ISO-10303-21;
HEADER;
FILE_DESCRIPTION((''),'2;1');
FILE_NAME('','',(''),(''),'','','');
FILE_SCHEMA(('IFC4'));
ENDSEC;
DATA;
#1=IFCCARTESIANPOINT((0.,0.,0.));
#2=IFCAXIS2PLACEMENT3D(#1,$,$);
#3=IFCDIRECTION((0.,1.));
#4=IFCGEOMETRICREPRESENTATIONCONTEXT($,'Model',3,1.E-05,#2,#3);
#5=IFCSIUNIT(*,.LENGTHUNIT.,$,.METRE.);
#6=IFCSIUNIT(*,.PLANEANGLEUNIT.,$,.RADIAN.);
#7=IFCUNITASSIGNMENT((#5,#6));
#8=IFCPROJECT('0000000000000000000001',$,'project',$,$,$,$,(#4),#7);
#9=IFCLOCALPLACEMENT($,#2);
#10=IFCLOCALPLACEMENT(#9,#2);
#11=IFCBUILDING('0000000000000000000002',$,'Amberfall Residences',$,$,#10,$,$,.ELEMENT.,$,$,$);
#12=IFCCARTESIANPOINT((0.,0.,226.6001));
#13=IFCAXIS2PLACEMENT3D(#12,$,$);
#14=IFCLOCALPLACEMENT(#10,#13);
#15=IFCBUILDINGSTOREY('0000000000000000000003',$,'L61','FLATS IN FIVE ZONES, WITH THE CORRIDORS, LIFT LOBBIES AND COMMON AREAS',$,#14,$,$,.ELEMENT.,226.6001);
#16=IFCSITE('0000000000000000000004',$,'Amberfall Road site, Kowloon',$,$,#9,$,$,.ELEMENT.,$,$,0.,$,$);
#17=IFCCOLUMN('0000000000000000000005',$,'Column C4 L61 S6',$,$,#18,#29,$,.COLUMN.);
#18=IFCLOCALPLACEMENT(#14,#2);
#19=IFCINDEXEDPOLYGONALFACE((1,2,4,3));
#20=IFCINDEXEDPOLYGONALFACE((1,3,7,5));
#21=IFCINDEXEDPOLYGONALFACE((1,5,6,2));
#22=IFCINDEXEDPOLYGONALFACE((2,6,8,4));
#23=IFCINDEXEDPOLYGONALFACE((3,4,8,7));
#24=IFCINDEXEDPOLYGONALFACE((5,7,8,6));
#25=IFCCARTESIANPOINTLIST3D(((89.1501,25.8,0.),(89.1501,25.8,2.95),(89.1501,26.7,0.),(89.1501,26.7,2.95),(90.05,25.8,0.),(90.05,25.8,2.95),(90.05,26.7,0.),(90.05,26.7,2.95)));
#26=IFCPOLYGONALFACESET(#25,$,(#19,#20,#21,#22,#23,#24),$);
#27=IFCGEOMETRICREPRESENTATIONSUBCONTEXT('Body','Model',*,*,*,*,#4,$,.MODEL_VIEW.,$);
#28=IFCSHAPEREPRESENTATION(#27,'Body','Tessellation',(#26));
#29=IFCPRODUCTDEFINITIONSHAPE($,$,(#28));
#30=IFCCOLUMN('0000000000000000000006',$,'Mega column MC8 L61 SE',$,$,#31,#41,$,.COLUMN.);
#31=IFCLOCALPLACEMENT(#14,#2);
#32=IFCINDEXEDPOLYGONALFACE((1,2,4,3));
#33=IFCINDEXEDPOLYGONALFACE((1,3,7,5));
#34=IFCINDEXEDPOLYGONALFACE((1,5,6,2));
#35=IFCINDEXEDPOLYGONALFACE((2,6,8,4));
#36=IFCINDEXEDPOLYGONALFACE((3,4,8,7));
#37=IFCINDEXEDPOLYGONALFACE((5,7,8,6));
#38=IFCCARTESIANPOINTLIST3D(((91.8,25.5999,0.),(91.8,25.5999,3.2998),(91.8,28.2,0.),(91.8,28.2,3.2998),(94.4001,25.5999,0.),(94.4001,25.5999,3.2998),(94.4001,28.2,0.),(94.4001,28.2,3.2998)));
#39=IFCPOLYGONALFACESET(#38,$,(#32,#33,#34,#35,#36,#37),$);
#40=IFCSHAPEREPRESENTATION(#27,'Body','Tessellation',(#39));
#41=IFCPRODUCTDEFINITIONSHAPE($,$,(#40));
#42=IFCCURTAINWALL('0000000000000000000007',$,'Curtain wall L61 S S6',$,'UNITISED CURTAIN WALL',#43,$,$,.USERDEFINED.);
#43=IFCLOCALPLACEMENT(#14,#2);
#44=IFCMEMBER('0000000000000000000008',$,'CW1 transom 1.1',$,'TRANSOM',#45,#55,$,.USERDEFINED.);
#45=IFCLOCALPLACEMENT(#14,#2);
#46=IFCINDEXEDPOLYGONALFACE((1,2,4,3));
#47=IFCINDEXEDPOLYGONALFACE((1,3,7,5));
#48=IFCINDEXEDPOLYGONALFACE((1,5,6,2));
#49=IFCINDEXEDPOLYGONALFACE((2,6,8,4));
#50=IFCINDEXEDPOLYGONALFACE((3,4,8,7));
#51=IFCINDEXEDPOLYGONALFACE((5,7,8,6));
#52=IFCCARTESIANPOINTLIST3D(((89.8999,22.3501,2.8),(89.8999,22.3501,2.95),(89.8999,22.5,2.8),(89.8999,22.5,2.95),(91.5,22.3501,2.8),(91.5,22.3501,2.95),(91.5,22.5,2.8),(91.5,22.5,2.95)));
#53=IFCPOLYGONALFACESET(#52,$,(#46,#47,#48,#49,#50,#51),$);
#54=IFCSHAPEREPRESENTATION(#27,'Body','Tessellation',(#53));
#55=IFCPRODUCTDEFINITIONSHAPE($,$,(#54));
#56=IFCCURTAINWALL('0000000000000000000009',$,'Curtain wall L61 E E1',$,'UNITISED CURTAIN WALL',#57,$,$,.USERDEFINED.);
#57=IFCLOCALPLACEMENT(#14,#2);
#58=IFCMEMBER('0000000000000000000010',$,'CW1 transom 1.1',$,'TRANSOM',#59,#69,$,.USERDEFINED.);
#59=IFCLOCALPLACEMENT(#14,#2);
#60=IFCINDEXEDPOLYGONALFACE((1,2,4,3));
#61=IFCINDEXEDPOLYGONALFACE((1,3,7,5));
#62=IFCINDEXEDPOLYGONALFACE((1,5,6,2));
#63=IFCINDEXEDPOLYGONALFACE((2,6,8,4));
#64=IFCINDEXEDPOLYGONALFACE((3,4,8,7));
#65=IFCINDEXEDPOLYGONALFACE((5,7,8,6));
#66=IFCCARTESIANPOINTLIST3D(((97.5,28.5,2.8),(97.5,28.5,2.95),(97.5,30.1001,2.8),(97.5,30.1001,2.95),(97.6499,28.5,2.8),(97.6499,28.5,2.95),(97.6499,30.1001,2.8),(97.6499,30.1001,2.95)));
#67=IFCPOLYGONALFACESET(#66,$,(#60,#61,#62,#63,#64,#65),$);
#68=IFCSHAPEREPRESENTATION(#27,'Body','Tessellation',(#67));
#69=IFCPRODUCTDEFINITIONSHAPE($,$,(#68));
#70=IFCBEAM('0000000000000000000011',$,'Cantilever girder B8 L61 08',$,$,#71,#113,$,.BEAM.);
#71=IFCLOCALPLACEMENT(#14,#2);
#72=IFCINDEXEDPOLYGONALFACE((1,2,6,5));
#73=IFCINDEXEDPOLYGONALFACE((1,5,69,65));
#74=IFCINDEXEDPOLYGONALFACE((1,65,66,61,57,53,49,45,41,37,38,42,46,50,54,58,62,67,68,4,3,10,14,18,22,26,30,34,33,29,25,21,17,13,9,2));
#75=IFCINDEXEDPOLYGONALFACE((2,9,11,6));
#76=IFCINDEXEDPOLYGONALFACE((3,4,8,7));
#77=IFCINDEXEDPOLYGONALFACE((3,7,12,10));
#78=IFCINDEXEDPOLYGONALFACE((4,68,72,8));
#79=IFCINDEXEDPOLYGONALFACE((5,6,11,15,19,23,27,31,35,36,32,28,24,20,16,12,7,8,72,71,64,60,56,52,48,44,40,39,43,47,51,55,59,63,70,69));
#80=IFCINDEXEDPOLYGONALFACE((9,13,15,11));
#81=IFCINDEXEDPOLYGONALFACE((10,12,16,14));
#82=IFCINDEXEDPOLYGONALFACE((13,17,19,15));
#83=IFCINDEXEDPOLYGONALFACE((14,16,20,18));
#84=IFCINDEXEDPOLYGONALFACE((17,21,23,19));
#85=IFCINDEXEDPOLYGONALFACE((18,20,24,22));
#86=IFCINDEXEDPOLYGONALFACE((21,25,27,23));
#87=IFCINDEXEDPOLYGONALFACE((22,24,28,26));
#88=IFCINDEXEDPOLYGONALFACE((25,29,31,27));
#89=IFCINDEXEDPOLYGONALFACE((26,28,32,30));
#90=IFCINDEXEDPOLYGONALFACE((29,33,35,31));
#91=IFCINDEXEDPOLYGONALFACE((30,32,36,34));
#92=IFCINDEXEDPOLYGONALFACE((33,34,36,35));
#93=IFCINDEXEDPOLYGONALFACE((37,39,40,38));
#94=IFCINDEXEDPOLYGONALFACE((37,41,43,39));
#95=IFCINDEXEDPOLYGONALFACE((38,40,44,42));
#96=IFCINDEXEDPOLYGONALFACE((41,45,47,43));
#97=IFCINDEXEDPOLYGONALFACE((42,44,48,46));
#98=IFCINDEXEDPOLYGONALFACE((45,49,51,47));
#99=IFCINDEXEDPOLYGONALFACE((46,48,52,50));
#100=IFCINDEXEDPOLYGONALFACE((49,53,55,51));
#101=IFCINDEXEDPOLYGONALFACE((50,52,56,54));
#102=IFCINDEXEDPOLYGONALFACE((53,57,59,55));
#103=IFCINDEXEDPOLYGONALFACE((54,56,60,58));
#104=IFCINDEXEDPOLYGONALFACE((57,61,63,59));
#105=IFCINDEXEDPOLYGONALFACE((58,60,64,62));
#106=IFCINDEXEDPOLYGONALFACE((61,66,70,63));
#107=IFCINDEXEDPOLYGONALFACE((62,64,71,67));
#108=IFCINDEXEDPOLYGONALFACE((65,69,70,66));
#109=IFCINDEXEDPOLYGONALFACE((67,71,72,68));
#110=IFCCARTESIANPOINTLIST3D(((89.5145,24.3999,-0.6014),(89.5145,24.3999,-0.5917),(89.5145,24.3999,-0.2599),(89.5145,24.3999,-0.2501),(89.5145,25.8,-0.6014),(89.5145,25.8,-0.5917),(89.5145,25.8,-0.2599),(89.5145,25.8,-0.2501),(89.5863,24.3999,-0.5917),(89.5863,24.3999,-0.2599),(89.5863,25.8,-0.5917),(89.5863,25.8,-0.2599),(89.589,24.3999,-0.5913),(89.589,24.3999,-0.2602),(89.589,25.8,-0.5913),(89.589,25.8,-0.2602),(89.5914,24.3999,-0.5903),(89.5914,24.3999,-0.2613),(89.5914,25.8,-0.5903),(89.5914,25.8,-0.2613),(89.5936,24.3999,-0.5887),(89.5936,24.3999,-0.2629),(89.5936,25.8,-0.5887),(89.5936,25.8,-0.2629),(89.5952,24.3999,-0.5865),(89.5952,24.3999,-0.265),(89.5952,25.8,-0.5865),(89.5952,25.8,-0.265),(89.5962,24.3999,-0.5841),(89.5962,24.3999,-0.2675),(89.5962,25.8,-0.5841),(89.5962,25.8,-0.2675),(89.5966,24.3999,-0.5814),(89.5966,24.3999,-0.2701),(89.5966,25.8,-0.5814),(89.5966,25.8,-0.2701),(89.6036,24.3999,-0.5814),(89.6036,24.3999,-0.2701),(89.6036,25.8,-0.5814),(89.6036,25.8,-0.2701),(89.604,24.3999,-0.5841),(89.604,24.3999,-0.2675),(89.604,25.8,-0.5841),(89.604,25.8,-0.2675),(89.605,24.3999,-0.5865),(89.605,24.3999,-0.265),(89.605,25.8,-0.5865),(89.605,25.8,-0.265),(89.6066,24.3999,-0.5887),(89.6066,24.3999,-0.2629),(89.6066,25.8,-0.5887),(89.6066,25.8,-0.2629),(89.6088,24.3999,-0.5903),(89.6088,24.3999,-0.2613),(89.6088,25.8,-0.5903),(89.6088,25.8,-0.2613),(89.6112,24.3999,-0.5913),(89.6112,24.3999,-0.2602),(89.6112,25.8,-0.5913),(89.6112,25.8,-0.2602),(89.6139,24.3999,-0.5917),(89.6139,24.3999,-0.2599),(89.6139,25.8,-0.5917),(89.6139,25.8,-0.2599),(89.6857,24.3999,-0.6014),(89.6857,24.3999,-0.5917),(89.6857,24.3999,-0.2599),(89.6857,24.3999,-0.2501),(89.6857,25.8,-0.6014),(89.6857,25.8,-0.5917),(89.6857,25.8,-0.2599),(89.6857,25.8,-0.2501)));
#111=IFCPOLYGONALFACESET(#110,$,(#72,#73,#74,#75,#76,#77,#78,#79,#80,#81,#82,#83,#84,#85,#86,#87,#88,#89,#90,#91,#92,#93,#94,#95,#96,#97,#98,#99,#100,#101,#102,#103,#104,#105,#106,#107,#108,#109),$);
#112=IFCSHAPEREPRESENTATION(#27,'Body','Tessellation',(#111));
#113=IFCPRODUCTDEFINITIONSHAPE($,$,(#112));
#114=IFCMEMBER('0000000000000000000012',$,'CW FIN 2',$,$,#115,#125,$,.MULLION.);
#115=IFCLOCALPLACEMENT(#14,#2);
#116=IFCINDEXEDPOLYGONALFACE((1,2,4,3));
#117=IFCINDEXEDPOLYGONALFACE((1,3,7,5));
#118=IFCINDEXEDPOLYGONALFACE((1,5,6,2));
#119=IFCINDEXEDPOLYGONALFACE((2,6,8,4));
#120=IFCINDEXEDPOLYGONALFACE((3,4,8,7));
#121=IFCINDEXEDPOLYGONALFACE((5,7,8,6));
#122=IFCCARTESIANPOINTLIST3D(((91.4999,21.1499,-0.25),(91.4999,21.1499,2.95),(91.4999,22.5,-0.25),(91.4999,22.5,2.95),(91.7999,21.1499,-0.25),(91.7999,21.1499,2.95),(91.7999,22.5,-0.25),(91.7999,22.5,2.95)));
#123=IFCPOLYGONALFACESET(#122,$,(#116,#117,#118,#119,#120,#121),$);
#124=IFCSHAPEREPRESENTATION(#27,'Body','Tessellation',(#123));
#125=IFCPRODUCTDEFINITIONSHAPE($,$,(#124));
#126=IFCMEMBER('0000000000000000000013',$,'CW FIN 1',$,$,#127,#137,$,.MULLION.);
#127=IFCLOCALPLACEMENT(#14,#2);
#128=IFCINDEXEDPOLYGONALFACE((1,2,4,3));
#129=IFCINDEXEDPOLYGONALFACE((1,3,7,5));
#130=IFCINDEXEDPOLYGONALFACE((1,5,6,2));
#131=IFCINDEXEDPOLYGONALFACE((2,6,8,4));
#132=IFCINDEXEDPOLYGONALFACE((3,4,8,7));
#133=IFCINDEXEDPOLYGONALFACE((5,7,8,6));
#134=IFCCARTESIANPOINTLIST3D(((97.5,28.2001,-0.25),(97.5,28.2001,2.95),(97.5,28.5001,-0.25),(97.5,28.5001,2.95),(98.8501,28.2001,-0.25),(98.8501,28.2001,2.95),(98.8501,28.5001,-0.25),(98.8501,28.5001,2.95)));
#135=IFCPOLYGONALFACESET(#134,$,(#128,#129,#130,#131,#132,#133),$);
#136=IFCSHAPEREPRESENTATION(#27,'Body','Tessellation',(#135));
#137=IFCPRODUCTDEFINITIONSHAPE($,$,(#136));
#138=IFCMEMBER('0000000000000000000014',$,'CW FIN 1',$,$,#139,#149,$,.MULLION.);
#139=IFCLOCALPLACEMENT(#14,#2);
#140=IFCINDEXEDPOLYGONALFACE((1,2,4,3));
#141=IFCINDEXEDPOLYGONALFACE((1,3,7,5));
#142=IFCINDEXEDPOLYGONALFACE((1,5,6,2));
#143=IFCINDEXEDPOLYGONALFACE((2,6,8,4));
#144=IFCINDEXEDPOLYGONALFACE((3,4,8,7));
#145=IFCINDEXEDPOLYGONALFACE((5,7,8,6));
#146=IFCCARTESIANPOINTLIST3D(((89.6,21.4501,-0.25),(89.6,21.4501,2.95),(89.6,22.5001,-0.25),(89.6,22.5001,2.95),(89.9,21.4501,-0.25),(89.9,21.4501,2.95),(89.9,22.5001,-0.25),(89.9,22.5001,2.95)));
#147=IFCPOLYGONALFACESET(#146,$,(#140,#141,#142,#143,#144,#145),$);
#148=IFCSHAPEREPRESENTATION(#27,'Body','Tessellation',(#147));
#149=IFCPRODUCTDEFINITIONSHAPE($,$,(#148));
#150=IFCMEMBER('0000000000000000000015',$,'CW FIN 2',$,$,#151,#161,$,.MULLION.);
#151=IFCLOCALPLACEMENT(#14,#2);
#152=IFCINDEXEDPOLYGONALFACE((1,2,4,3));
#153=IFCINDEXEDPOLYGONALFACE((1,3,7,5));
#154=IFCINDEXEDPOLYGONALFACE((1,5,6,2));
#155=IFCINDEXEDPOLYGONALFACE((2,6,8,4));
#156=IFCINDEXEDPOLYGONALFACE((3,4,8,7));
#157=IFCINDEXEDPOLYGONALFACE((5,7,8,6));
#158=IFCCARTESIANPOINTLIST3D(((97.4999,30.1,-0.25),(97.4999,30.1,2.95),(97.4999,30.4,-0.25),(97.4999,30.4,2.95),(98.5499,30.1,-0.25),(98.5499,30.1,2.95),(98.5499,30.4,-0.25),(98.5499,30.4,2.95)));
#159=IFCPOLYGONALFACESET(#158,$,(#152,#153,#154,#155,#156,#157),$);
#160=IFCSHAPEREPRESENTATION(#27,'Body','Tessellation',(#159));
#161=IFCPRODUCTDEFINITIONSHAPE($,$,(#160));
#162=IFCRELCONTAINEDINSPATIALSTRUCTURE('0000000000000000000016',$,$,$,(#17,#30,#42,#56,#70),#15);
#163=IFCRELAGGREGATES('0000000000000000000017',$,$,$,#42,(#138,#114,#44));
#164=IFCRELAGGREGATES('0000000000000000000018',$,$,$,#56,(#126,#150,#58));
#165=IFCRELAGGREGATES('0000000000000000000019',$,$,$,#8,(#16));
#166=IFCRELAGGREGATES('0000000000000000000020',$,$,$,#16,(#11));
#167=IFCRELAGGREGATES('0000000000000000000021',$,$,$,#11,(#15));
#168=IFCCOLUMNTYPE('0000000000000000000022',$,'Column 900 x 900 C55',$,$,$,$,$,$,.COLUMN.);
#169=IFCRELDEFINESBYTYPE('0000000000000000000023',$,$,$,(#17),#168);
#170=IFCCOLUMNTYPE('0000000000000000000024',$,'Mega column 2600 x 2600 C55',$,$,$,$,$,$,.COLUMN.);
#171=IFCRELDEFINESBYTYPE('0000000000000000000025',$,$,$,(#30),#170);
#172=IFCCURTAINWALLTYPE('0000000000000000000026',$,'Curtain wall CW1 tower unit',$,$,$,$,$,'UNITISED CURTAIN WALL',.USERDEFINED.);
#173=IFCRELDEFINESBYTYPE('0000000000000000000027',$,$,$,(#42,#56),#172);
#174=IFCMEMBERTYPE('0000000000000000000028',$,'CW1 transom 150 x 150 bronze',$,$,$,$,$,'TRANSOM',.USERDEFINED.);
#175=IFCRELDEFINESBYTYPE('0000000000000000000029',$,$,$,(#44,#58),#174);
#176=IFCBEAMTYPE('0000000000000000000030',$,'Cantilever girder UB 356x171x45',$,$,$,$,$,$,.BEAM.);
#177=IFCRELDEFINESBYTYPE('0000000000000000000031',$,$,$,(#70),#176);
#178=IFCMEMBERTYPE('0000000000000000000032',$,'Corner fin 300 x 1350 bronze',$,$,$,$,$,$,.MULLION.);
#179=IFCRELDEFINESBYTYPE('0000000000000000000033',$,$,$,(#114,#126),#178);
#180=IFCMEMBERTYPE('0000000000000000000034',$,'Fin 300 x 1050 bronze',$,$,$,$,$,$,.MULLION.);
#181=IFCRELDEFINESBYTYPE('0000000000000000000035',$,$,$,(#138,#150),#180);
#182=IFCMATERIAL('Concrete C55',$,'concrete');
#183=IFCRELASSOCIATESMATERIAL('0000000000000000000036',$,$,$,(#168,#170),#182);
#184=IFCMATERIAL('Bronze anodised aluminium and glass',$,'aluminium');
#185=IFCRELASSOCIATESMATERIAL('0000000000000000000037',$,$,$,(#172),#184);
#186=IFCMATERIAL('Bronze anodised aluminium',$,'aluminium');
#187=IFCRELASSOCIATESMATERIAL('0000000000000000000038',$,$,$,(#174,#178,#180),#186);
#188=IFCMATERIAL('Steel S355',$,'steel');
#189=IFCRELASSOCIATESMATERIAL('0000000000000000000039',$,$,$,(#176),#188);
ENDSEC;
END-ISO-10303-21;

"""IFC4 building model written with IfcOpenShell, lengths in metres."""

from ifc_helpers import new_model, si_unit, direction, frame, origin, origin_2d, place, context, subcontext, project, spatial, rectangle, i_section, extrude, material, material_profile, profile_set, type_object, element, aggregate, save


model = new_model("IFC4")

# Units and contexts
model_context = context("Model", 3, precision=1e-05, world=origin(), true_north=direction((0.0, 1.0)))
body_context = subcontext(model_context, "Body", "Model", "MODEL_VIEW")
ifc_project = project(units=[si_unit("LENGTHUNIT", "METRE"), si_unit("PLANEANGLEUNIT", "RADIAN")], contexts=[model_context])

# Site, building, storey
site_placement = place(None, origin())
site = spatial("IfcSite", under=ifc_project, at=site_placement, Name="Amberfall Road site, Kowloon", CompositionType="ELEMENT", RefElevation=0.0)
building_placement = place(site_placement, origin())
building = spatial("IfcBuilding", under=site, at=building_placement, Name="Amberfall Residences", CompositionType="ELEMENT")
storey_placement = place(building_placement, frame((0.0, 0.0, 226.6001)))
storey = spatial("IfcBuildingStorey", under=building, at=storey_placement, Name="L61", Description="FLATS IN FIVE ZONES, WITH THE CORRIDORS, LIFT LOBBIES AND COMMON AREAS", CompositionType="ELEMENT", Elevation=226.6001)

# Columns
ifc_material_1 = material(Name="Concrete C55", Category="concrete")
ifc_material_profile_1 = material_profile(ifc_material_1, rectangle(XDim=0.8999, YDim=0.8999, at=origin_2d()), Name="Column 900 x 900 C55")
ifc_profile_set_1 = profile_set([ifc_material_profile_1], Name="Concrete C55")
column_type_1 = type_object("IfcColumnType", Name="Column 900 x 900 C55", PredefinedType="COLUMN", material=ifc_profile_set_1)
column_1_placement = place(storey_placement, frame((89.6001, 26.25, 0.0), z_axis=(0.0, 0.0, 1.0), x_axis=(1.0, 0.0, 0.0)))
element("IfcColumn", 1, at=column_1_placement, inside=storey, type_object=column_type_1, Name="Column C4 L61 S6", PredefinedType="COLUMN", context=body_context, shape_type="SweptSolid", body=[
    extrude(rectangle(XDim=0.8999, YDim=0.8999, at=origin_2d()), origin(), (0.0, 0.0, 1.0), 2.95),
])
ifc_material_profile_2 = material_profile(ifc_material_1, rectangle(XDim=2.6001, YDim=2.6001, at=origin_2d()), Name="Mega column 2600 x 2600 C55")
ifc_profile_set_2 = profile_set([ifc_material_profile_2], Name="Concrete C55")
column_type_2 = type_object("IfcColumnType", Name="Mega column 2600 x 2600 C55", PredefinedType="COLUMN", material=ifc_profile_set_2)
column_2_placement = place(storey_placement, frame((93.1001, 26.8999, 0.0), z_axis=(0.0, 0.0, 1.0), x_axis=(1.0, 0.0, 0.0)))
element("IfcColumn", 2, at=column_2_placement, inside=storey, type_object=column_type_2, Name="Mega column MC8 L61 SE", PredefinedType="COLUMN", context=body_context, shape_type="SweptSolid", body=[
    extrude(rectangle(XDim=2.6001, YDim=2.6001, at=origin_2d()), origin(), (0.0, 0.0, 1.0), 3.2998),
])

# Curtain walls, members
ifc_material_2 = material(Name="Bronze anodised aluminium and glass", Category="aluminium")
curtain_wall_type = type_object("IfcCurtainWallType", Name="Curtain wall CW1 tower unit", ElementType="UNITISED CURTAIN WALL", PredefinedType="USERDEFINED", material=ifc_material_2)
curtain_wall_1_placement = place(storey_placement, origin())
curtain_wall_1 = element("IfcCurtainWall", 3, at=curtain_wall_1_placement, inside=storey, type_object=curtain_wall_type, Name="Curtain wall L61 S S6", ObjectType="UNITISED CURTAIN WALL", PredefinedType="USERDEFINED")
ifc_material_3 = material(Name="Bronze anodised aluminium", Category="aluminium")
ifc_material_profile_3 = material_profile(ifc_material_3, rectangle(XDim=0.1499, YDim=0.1499, at=origin_2d()), Name="CW1 transom 150 x 150 bronze")
ifc_profile_set_3 = profile_set([ifc_material_profile_3], Name="Bronze anodised aluminium")
member_type_1 = type_object("IfcMemberType", Name="CW1 transom 150 x 150 bronze", ElementType="TRANSOM", PredefinedType="USERDEFINED", material=ifc_profile_set_3)
member_1_placement = place(storey_placement, frame((89.8999, 22.425, 2.875), z_axis=(1.0, 0.0, 0.0), x_axis=(0.0, 1.0, 0.0)))
member_1 = element("IfcMember", 4, at=member_1_placement, type_object=member_type_1, Name="CW1 transom 1.1", ObjectType="TRANSOM", PredefinedType="USERDEFINED", context=body_context, shape_type="SweptSolid", body=[
    extrude(rectangle(XDim=0.1499, YDim=0.1499, at=origin_2d()), origin(), (0.0, 0.0, 1.0), 1.6001),
])
curtain_wall_2_placement = place(storey_placement, origin())
curtain_wall_2 = element("IfcCurtainWall", 5, at=curtain_wall_2_placement, inside=storey, type_object=curtain_wall_type, Name="Curtain wall L61 E E1", ObjectType="UNITISED CURTAIN WALL", PredefinedType="USERDEFINED")
member_2_placement = place(storey_placement, frame((97.575, 28.5, 2.875), z_axis=(0.0, 1.0, 0.0), x_axis=(-1.0, 0.0, 0.0)))
member_2 = element("IfcMember", 6, at=member_2_placement, type_object=member_type_1, Name="CW1 transom 1.1", ObjectType="TRANSOM", PredefinedType="USERDEFINED", context=body_context, shape_type="SweptSolid", body=[
    extrude(rectangle(XDim=0.1499, YDim=0.1499, at=origin_2d()), origin(), (0.0, 0.0, 1.0), 1.6001),
])

# Beam
ifc_material_4 = material(Name="Steel S355", Category="steel")
ifc_material_profile_4 = material_profile(ifc_material_4, i_section(OverallWidth=0.1711, OverallDepth=0.3513, WebThickness=0.0071, FlangeThickness=0.0098, FilletRadius=0.0103, at=origin_2d()), Name="UB 356x171x45")
ifc_profile_set_4 = profile_set([ifc_material_profile_4], Name="Steel S355")
beam_type_1 = type_object("IfcBeamType", Name="Cantilever girder UB 356x171x45", PredefinedType="BEAM", material=ifc_profile_set_4)
beam_1_placement = place(storey_placement, frame((89.6001, 25.8, -0.4258), z_axis=(0.0, -1.0, 0.0), x_axis=(1.0, 0.0, 0.0)))
element("IfcBeam", 7, at=beam_1_placement, inside=storey, type_object=beam_type_1, Name="Cantilever girder B8 L61 08", PredefinedType="BEAM", context=body_context, shape_type="SweptSolid", body=[
    extrude(i_section(OverallWidth=0.1711, OverallDepth=0.3513, WebThickness=0.0071, FlangeThickness=0.0098, FilletRadius=0.0103, at=origin_2d()), origin(), (0.0, 0.0, 1.0), 1.4001),
])

# Members
ifc_material_profile_5 = material_profile(ifc_material_3, rectangle(XDim=1.3501, YDim=0.3, at=origin_2d()), Name="Corner fin 300 x 1350 bronze")
ifc_profile_set_5 = profile_set([ifc_material_profile_5], Name="Bronze anodised aluminium")
member_type_2 = type_object("IfcMemberType", Name="Corner fin 300 x 1350 bronze", PredefinedType="MULLION", material=ifc_profile_set_5)
member_3_placement = place(storey_placement, frame((91.6499, 21.825, -0.25), z_axis=(0.0, 0.0, 1.0), x_axis=(0.0, 1.0, 0.0)))
member_3 = element("IfcMember", 8, at=member_3_placement, type_object=member_type_2, Name="CW FIN 2", PredefinedType="MULLION", context=body_context, shape_type="SweptSolid", body=[
    extrude(rectangle(XDim=1.3501, YDim=0.3, at=origin_2d()), origin(), (0.0, 0.0, 1.0), 3.2),
])
member_4_placement = place(storey_placement, frame((98.175, 28.3501, -0.25), z_axis=(0.0, 0.0, 1.0), x_axis=(-1.0, 0.0, 0.0)))
member_4 = element("IfcMember", 9, at=member_4_placement, type_object=member_type_2, Name="CW FIN 1", PredefinedType="MULLION", context=body_context, shape_type="SweptSolid", body=[
    extrude(rectangle(XDim=1.3501, YDim=0.3, at=origin_2d()), origin(), (0.0, 0.0, 1.0), 3.2),
])
ifc_material_profile_6 = material_profile(ifc_material_3, rectangle(XDim=1.05, YDim=0.3, at=origin_2d()), Name="Fin 300 x 1050 bronze")
ifc_profile_set_6 = profile_set([ifc_material_profile_6], Name="Bronze anodised aluminium")
member_type_3 = type_object("IfcMemberType", Name="Fin 300 x 1050 bronze", PredefinedType="MULLION", material=ifc_profile_set_6)
member_5_placement = place(storey_placement, frame((89.75, 21.9751, -0.25), z_axis=(0.0, 0.0, 1.0), x_axis=(0.0, 1.0, 0.0)))
member_5 = element("IfcMember", 10, at=member_5_placement, type_object=member_type_3, Name="CW FIN 1", PredefinedType="MULLION", context=body_context, shape_type="SweptSolid", body=[
    extrude(rectangle(XDim=1.05, YDim=0.3, at=origin_2d()), origin(), (0.0, 0.0, 1.0), 3.2),
])
member_6_placement = place(storey_placement, frame((98.0249, 30.25, -0.25), z_axis=(0.0, 0.0, 1.0), x_axis=(-1.0, 0.0, 0.0)))
member_6 = element("IfcMember", 11, at=member_6_placement, type_object=member_type_3, Name="CW FIN 2", PredefinedType="MULLION", context=body_context, shape_type="SweptSolid", body=[
    extrude(rectangle(XDim=1.05, YDim=0.3, at=origin_2d()), origin(), (0.0, 0.0, 1.0), 3.2),
])

aggregate(curtain_wall_1, [member_5, member_3, member_1])
aggregate(curtain_wall_2, [member_4, member_6, member_2])

save(model, "model.ifc")
